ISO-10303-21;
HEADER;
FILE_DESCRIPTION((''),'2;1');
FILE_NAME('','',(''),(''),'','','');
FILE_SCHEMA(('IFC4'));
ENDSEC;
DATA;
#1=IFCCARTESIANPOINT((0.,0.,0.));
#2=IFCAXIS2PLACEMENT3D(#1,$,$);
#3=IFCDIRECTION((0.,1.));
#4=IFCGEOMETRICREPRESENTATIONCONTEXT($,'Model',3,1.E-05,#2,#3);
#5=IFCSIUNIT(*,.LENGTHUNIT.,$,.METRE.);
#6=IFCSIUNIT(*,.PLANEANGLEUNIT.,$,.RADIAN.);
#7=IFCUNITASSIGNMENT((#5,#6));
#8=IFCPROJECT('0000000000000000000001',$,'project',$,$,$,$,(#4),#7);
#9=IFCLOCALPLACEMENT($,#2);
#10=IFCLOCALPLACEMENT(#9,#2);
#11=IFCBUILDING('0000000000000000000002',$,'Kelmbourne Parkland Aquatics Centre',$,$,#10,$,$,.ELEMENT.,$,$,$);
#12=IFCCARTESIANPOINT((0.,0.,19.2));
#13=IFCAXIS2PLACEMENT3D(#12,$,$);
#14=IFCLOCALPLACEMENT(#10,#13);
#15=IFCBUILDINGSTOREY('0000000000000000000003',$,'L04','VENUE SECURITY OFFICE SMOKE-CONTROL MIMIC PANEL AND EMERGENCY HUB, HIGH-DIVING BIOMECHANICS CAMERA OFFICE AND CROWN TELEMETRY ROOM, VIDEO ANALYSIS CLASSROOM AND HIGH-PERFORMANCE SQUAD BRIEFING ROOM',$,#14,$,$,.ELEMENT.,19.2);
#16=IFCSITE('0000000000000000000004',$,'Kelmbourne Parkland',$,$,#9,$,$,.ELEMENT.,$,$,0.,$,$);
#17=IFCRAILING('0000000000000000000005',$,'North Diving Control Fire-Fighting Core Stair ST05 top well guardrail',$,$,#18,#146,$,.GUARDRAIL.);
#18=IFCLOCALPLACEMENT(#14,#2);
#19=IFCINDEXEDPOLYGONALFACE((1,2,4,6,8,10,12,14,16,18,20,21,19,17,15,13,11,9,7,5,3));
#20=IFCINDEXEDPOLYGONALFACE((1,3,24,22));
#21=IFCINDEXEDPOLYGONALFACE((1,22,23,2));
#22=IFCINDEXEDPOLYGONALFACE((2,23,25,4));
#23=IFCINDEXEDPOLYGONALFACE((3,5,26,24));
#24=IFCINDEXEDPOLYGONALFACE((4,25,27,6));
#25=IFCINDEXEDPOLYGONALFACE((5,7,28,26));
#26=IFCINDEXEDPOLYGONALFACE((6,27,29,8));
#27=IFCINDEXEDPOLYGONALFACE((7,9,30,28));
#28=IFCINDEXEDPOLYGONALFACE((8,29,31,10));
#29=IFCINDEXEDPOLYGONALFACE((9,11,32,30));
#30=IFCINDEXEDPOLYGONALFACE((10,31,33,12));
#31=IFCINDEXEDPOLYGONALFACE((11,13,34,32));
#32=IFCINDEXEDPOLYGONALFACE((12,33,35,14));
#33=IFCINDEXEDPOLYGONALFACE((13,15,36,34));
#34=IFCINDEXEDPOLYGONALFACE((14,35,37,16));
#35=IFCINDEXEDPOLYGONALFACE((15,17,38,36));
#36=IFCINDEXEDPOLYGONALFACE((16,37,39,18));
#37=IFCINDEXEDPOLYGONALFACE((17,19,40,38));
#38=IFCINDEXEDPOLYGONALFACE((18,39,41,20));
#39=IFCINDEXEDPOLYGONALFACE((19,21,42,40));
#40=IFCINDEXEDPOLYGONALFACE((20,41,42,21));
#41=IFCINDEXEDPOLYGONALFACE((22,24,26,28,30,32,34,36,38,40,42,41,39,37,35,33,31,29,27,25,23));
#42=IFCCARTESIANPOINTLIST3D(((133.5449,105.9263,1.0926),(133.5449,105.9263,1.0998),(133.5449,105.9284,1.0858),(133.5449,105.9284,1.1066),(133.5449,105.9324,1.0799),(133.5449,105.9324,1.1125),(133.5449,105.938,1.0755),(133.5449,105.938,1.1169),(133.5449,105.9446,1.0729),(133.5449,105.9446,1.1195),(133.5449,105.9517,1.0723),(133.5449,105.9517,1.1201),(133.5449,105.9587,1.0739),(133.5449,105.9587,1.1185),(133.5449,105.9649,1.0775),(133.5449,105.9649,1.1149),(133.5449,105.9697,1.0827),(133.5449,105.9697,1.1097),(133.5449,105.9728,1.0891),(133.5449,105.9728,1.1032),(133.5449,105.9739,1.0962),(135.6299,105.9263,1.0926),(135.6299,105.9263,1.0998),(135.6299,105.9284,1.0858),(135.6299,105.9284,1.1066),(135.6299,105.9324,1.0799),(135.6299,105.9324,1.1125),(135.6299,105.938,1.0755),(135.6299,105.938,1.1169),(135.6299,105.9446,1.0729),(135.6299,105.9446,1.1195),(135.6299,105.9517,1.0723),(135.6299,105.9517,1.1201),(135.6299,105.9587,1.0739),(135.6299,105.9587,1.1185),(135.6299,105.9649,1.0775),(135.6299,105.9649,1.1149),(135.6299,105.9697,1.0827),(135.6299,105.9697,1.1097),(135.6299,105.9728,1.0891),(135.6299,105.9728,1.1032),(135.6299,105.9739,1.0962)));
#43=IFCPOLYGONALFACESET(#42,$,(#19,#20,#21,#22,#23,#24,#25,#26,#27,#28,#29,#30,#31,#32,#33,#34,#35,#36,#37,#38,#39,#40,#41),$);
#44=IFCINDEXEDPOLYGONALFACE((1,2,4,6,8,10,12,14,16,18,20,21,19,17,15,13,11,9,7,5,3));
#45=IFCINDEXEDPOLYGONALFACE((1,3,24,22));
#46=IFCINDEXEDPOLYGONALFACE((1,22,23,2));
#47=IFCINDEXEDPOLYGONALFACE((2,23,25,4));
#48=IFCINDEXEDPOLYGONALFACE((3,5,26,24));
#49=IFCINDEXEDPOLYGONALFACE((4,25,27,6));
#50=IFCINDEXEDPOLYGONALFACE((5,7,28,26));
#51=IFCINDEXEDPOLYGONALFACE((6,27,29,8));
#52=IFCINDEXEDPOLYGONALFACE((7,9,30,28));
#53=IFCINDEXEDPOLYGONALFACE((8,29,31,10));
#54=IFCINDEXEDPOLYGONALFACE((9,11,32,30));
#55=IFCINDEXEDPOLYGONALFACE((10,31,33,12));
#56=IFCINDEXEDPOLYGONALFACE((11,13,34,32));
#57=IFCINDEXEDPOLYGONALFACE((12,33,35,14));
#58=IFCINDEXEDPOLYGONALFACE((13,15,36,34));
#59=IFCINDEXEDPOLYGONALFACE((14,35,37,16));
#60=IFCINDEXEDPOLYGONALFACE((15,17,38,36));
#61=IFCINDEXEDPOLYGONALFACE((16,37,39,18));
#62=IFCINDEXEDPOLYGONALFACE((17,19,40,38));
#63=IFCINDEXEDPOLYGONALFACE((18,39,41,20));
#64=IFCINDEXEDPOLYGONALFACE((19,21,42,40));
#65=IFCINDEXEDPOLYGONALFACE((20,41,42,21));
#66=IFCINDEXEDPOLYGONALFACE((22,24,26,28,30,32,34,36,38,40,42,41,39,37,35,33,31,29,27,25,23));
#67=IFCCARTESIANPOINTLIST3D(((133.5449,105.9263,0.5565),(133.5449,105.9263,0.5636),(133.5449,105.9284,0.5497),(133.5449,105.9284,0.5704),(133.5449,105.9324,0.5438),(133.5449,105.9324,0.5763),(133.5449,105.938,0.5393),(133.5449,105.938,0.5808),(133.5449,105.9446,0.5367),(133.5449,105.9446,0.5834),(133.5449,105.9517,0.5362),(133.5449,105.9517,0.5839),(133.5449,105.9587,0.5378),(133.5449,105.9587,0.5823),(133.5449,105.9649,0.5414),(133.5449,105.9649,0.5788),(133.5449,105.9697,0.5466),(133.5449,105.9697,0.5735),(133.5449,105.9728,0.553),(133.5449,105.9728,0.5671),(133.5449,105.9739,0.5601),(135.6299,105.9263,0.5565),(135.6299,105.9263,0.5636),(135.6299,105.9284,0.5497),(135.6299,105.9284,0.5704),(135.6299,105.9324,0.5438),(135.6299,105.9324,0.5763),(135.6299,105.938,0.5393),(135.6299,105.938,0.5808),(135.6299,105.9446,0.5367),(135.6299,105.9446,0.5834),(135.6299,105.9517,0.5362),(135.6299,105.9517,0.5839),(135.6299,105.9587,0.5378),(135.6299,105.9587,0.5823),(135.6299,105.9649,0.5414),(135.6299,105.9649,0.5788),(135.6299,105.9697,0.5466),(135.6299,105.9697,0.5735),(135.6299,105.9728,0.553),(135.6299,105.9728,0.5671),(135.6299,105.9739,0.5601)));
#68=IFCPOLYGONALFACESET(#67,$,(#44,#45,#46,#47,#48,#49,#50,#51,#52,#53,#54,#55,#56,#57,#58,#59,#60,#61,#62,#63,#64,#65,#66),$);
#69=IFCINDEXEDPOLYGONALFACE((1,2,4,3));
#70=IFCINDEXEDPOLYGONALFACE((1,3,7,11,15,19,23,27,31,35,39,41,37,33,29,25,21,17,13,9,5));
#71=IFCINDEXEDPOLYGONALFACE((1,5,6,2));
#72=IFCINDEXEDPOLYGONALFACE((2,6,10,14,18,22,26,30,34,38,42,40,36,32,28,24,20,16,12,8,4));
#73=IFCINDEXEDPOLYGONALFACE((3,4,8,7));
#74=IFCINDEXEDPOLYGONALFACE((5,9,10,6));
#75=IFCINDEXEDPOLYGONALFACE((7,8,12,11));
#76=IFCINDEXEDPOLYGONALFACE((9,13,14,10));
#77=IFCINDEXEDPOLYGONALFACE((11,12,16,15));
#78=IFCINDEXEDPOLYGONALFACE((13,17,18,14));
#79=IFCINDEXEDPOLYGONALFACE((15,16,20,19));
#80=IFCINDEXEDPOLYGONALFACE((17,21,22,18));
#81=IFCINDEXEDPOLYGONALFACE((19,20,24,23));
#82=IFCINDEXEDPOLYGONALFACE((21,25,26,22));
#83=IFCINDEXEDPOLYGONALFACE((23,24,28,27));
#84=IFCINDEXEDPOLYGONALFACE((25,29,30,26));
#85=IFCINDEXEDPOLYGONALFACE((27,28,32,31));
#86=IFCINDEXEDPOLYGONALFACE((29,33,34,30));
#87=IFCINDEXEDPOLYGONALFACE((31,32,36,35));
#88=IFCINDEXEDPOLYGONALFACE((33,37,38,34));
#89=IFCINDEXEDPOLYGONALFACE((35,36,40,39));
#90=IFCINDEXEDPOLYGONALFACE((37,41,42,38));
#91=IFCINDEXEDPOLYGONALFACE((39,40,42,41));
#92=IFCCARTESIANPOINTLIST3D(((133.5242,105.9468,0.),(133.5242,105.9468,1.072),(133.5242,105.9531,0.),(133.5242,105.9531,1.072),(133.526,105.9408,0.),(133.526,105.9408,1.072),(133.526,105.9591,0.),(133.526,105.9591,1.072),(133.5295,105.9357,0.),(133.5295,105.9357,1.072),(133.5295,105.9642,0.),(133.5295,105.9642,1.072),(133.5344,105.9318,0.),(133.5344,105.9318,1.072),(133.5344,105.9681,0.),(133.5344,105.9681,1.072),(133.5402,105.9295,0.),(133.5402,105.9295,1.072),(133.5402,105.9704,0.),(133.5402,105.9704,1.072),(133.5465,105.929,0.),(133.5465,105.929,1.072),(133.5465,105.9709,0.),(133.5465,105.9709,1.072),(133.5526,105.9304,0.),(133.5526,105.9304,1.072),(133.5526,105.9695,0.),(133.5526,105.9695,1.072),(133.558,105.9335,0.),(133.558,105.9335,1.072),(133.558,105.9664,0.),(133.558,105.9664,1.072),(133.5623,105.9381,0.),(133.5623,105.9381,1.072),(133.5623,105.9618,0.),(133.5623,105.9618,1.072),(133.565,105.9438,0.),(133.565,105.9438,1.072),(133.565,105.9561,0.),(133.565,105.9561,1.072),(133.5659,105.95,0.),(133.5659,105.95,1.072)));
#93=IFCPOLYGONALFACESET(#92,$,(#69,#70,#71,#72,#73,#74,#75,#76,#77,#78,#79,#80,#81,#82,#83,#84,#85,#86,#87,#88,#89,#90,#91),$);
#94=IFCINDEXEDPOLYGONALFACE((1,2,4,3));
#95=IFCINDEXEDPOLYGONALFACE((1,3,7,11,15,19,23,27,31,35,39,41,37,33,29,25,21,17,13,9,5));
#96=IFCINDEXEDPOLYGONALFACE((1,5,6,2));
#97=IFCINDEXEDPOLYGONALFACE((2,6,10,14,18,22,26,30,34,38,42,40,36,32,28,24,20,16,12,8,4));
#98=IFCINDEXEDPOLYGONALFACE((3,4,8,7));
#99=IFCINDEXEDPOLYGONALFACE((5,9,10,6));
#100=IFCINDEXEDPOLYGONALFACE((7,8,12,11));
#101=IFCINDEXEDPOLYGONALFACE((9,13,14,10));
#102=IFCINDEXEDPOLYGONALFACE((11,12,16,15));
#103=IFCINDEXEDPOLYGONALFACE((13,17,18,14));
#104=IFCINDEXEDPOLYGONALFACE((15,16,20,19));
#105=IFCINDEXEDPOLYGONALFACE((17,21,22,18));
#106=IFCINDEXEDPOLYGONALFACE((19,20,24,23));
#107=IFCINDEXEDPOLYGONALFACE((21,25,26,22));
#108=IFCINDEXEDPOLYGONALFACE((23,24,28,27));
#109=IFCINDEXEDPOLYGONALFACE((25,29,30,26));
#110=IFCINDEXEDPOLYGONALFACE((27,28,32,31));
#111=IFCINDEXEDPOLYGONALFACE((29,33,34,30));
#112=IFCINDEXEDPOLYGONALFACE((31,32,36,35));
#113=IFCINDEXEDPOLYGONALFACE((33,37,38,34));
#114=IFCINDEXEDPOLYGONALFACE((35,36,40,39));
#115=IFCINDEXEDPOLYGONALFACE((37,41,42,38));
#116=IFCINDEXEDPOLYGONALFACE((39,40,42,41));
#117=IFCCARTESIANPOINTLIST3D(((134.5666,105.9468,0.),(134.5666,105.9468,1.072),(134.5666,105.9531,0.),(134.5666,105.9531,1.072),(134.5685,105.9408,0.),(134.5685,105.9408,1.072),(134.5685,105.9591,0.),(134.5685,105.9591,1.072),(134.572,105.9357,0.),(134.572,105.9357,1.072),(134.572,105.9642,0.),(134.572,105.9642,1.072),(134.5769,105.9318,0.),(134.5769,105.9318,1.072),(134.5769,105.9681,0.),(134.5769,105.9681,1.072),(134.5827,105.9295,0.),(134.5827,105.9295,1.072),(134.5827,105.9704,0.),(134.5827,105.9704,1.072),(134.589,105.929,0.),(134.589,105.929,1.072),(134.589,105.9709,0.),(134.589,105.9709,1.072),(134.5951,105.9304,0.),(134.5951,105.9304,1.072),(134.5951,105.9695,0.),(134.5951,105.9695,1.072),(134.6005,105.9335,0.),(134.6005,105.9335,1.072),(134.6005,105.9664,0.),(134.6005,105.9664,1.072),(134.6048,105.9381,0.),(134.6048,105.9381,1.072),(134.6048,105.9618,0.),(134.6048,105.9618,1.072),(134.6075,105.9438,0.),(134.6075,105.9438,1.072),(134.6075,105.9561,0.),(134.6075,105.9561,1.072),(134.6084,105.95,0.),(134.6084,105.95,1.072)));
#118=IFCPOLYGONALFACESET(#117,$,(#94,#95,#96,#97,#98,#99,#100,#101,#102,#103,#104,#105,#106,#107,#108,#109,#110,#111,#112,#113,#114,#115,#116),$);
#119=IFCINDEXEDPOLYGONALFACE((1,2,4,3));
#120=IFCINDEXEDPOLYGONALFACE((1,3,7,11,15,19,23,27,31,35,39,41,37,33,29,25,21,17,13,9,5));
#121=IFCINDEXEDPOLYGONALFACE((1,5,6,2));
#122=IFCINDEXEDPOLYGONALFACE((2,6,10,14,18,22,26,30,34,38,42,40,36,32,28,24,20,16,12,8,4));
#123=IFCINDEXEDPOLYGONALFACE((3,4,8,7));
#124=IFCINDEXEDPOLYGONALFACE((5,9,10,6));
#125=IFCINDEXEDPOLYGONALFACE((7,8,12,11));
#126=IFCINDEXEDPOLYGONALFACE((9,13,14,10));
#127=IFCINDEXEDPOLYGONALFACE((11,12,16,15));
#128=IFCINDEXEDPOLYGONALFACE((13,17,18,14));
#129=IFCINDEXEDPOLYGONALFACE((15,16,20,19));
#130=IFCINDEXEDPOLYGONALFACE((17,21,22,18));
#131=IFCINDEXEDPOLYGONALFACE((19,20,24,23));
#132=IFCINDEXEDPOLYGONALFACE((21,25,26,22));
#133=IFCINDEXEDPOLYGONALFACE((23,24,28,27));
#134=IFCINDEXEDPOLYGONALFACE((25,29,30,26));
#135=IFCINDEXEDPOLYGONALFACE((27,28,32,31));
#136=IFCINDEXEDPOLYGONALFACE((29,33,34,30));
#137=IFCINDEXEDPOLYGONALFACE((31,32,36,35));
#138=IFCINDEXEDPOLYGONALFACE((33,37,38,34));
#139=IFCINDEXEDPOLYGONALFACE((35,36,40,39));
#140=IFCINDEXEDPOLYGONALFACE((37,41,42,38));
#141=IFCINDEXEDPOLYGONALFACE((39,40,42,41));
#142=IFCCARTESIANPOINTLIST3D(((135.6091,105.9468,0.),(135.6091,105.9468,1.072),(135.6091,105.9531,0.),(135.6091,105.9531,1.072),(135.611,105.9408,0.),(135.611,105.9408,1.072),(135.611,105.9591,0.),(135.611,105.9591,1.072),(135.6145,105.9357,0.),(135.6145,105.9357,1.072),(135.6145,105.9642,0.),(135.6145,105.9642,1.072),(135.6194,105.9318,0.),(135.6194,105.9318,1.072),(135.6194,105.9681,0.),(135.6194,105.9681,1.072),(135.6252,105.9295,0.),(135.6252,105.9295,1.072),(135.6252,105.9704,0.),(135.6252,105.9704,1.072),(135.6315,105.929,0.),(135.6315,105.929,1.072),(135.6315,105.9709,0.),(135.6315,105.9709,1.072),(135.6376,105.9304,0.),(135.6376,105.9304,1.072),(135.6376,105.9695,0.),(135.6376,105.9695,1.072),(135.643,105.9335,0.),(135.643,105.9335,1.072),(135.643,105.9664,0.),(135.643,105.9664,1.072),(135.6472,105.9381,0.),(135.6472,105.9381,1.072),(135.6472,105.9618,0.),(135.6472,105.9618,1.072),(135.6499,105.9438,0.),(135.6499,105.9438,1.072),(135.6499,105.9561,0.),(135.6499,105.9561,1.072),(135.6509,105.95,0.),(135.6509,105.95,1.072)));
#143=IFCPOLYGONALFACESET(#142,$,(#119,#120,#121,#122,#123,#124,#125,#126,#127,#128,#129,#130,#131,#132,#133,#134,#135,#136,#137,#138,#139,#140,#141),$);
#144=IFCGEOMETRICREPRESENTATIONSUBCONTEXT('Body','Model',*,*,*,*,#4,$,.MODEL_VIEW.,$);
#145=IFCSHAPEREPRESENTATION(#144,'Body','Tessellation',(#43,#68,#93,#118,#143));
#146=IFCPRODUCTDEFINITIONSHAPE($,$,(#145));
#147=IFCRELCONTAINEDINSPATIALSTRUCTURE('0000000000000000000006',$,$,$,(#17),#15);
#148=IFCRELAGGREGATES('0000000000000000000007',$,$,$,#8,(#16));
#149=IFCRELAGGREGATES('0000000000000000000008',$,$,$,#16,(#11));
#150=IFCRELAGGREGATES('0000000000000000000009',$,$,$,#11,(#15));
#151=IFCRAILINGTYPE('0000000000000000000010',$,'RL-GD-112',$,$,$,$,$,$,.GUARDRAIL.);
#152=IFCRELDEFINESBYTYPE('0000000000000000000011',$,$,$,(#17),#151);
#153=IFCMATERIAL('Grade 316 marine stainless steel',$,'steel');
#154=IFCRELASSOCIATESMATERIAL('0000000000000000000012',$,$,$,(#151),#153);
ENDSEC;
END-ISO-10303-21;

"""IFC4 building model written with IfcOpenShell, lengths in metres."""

from ifc_helpers import new_model, si_unit, direction, frame, origin, origin_2d, place, context, subcontext, project, spatial, circle, extrude, material, type_object, element, save


model = new_model("IFC4")

# Units and contexts
model_context = context("Model", 3, precision=1e-05, world=origin(), true_north=direction((0.0, 1.0)))
body_context = subcontext(model_context, "Body", "Model", "MODEL_VIEW")
ifc_project = project(units=[si_unit("LENGTHUNIT", "METRE"), si_unit("PLANEANGLEUNIT", "RADIAN")], contexts=[model_context])

# Site, building, storey
site_placement = place(None, origin())
site = spatial("IfcSite", under=ifc_project, at=site_placement, Name="Kelmbourne Parkland", CompositionType="ELEMENT", RefElevation=0.0)
building_placement = place(site_placement, origin())
building = spatial("IfcBuilding", under=site, at=building_placement, Name="Kelmbourne Parkland Aquatics Centre", CompositionType="ELEMENT")
storey_placement = place(building_placement, frame((0.0, 0.0, 19.2)))
storey = spatial("IfcBuildingStorey", under=building, at=storey_placement, Name="L04", Description="VENUE SECURITY OFFICE SMOKE-CONTROL MIMIC PANEL AND EMERGENCY HUB, HIGH-DIVING BIOMECHANICS CAMERA OFFICE AND CROWN TELEMETRY ROOM, VIDEO ANALYSIS CLASSROOM AND HIGH-PERFORMANCE SQUAD BRIEFING ROOM", CompositionType="ELEMENT", Elevation=19.2)

# Railing
ifc_material_1 = material(Name="Grade 316 marine stainless steel", Category="steel")
railing_type_1 = type_object("IfcRailingType", Name="RL-GD-112", PredefinedType="GUARDRAIL", material=ifc_material_1)
railing_1_placement = place(storey_placement, frame((133.5449, 105.95, 0.0)))
element("IfcRailing", 1, at=railing_1_placement, inside=storey, type_object=railing_type_1, Name="North Diving Control Fire-Fighting Core Stair ST05 top well guardrail", PredefinedType="GUARDRAIL", context=body_context, shape_type="SweptSolid", body=[
    extrude(circle(Radius=0.0239, at=origin_2d()), frame((0.0, 0.0, 1.0962), z_axis=(1.0, 0.0, 0.0), x_axis=(0.0, 1.0, 0.0)), (0.0, 0.0, 1.0), 2.085),
    extrude(circle(Radius=0.0239, at=origin_2d()), frame((0.0, 0.0, 0.5601), z_axis=(1.0, 0.0, 0.0), x_axis=(0.0, 1.0, 0.0)), (0.0, 0.0, 1.0), 2.085),
    extrude(circle(Radius=0.021, at=origin_2d()), origin(), (0.0, 0.0, 1.0), 1.072),
    extrude(circle(Radius=0.021, at=origin_2d()), frame((1.0425, 0.0, 0.0)), (0.0, 0.0, 1.0), 1.072),
    extrude(circle(Radius=0.021, at=origin_2d()), frame((2.085, 0.0, 0.0)), (0.0, 0.0, 1.0), 1.072),
])

save(model, "model.ifc")
